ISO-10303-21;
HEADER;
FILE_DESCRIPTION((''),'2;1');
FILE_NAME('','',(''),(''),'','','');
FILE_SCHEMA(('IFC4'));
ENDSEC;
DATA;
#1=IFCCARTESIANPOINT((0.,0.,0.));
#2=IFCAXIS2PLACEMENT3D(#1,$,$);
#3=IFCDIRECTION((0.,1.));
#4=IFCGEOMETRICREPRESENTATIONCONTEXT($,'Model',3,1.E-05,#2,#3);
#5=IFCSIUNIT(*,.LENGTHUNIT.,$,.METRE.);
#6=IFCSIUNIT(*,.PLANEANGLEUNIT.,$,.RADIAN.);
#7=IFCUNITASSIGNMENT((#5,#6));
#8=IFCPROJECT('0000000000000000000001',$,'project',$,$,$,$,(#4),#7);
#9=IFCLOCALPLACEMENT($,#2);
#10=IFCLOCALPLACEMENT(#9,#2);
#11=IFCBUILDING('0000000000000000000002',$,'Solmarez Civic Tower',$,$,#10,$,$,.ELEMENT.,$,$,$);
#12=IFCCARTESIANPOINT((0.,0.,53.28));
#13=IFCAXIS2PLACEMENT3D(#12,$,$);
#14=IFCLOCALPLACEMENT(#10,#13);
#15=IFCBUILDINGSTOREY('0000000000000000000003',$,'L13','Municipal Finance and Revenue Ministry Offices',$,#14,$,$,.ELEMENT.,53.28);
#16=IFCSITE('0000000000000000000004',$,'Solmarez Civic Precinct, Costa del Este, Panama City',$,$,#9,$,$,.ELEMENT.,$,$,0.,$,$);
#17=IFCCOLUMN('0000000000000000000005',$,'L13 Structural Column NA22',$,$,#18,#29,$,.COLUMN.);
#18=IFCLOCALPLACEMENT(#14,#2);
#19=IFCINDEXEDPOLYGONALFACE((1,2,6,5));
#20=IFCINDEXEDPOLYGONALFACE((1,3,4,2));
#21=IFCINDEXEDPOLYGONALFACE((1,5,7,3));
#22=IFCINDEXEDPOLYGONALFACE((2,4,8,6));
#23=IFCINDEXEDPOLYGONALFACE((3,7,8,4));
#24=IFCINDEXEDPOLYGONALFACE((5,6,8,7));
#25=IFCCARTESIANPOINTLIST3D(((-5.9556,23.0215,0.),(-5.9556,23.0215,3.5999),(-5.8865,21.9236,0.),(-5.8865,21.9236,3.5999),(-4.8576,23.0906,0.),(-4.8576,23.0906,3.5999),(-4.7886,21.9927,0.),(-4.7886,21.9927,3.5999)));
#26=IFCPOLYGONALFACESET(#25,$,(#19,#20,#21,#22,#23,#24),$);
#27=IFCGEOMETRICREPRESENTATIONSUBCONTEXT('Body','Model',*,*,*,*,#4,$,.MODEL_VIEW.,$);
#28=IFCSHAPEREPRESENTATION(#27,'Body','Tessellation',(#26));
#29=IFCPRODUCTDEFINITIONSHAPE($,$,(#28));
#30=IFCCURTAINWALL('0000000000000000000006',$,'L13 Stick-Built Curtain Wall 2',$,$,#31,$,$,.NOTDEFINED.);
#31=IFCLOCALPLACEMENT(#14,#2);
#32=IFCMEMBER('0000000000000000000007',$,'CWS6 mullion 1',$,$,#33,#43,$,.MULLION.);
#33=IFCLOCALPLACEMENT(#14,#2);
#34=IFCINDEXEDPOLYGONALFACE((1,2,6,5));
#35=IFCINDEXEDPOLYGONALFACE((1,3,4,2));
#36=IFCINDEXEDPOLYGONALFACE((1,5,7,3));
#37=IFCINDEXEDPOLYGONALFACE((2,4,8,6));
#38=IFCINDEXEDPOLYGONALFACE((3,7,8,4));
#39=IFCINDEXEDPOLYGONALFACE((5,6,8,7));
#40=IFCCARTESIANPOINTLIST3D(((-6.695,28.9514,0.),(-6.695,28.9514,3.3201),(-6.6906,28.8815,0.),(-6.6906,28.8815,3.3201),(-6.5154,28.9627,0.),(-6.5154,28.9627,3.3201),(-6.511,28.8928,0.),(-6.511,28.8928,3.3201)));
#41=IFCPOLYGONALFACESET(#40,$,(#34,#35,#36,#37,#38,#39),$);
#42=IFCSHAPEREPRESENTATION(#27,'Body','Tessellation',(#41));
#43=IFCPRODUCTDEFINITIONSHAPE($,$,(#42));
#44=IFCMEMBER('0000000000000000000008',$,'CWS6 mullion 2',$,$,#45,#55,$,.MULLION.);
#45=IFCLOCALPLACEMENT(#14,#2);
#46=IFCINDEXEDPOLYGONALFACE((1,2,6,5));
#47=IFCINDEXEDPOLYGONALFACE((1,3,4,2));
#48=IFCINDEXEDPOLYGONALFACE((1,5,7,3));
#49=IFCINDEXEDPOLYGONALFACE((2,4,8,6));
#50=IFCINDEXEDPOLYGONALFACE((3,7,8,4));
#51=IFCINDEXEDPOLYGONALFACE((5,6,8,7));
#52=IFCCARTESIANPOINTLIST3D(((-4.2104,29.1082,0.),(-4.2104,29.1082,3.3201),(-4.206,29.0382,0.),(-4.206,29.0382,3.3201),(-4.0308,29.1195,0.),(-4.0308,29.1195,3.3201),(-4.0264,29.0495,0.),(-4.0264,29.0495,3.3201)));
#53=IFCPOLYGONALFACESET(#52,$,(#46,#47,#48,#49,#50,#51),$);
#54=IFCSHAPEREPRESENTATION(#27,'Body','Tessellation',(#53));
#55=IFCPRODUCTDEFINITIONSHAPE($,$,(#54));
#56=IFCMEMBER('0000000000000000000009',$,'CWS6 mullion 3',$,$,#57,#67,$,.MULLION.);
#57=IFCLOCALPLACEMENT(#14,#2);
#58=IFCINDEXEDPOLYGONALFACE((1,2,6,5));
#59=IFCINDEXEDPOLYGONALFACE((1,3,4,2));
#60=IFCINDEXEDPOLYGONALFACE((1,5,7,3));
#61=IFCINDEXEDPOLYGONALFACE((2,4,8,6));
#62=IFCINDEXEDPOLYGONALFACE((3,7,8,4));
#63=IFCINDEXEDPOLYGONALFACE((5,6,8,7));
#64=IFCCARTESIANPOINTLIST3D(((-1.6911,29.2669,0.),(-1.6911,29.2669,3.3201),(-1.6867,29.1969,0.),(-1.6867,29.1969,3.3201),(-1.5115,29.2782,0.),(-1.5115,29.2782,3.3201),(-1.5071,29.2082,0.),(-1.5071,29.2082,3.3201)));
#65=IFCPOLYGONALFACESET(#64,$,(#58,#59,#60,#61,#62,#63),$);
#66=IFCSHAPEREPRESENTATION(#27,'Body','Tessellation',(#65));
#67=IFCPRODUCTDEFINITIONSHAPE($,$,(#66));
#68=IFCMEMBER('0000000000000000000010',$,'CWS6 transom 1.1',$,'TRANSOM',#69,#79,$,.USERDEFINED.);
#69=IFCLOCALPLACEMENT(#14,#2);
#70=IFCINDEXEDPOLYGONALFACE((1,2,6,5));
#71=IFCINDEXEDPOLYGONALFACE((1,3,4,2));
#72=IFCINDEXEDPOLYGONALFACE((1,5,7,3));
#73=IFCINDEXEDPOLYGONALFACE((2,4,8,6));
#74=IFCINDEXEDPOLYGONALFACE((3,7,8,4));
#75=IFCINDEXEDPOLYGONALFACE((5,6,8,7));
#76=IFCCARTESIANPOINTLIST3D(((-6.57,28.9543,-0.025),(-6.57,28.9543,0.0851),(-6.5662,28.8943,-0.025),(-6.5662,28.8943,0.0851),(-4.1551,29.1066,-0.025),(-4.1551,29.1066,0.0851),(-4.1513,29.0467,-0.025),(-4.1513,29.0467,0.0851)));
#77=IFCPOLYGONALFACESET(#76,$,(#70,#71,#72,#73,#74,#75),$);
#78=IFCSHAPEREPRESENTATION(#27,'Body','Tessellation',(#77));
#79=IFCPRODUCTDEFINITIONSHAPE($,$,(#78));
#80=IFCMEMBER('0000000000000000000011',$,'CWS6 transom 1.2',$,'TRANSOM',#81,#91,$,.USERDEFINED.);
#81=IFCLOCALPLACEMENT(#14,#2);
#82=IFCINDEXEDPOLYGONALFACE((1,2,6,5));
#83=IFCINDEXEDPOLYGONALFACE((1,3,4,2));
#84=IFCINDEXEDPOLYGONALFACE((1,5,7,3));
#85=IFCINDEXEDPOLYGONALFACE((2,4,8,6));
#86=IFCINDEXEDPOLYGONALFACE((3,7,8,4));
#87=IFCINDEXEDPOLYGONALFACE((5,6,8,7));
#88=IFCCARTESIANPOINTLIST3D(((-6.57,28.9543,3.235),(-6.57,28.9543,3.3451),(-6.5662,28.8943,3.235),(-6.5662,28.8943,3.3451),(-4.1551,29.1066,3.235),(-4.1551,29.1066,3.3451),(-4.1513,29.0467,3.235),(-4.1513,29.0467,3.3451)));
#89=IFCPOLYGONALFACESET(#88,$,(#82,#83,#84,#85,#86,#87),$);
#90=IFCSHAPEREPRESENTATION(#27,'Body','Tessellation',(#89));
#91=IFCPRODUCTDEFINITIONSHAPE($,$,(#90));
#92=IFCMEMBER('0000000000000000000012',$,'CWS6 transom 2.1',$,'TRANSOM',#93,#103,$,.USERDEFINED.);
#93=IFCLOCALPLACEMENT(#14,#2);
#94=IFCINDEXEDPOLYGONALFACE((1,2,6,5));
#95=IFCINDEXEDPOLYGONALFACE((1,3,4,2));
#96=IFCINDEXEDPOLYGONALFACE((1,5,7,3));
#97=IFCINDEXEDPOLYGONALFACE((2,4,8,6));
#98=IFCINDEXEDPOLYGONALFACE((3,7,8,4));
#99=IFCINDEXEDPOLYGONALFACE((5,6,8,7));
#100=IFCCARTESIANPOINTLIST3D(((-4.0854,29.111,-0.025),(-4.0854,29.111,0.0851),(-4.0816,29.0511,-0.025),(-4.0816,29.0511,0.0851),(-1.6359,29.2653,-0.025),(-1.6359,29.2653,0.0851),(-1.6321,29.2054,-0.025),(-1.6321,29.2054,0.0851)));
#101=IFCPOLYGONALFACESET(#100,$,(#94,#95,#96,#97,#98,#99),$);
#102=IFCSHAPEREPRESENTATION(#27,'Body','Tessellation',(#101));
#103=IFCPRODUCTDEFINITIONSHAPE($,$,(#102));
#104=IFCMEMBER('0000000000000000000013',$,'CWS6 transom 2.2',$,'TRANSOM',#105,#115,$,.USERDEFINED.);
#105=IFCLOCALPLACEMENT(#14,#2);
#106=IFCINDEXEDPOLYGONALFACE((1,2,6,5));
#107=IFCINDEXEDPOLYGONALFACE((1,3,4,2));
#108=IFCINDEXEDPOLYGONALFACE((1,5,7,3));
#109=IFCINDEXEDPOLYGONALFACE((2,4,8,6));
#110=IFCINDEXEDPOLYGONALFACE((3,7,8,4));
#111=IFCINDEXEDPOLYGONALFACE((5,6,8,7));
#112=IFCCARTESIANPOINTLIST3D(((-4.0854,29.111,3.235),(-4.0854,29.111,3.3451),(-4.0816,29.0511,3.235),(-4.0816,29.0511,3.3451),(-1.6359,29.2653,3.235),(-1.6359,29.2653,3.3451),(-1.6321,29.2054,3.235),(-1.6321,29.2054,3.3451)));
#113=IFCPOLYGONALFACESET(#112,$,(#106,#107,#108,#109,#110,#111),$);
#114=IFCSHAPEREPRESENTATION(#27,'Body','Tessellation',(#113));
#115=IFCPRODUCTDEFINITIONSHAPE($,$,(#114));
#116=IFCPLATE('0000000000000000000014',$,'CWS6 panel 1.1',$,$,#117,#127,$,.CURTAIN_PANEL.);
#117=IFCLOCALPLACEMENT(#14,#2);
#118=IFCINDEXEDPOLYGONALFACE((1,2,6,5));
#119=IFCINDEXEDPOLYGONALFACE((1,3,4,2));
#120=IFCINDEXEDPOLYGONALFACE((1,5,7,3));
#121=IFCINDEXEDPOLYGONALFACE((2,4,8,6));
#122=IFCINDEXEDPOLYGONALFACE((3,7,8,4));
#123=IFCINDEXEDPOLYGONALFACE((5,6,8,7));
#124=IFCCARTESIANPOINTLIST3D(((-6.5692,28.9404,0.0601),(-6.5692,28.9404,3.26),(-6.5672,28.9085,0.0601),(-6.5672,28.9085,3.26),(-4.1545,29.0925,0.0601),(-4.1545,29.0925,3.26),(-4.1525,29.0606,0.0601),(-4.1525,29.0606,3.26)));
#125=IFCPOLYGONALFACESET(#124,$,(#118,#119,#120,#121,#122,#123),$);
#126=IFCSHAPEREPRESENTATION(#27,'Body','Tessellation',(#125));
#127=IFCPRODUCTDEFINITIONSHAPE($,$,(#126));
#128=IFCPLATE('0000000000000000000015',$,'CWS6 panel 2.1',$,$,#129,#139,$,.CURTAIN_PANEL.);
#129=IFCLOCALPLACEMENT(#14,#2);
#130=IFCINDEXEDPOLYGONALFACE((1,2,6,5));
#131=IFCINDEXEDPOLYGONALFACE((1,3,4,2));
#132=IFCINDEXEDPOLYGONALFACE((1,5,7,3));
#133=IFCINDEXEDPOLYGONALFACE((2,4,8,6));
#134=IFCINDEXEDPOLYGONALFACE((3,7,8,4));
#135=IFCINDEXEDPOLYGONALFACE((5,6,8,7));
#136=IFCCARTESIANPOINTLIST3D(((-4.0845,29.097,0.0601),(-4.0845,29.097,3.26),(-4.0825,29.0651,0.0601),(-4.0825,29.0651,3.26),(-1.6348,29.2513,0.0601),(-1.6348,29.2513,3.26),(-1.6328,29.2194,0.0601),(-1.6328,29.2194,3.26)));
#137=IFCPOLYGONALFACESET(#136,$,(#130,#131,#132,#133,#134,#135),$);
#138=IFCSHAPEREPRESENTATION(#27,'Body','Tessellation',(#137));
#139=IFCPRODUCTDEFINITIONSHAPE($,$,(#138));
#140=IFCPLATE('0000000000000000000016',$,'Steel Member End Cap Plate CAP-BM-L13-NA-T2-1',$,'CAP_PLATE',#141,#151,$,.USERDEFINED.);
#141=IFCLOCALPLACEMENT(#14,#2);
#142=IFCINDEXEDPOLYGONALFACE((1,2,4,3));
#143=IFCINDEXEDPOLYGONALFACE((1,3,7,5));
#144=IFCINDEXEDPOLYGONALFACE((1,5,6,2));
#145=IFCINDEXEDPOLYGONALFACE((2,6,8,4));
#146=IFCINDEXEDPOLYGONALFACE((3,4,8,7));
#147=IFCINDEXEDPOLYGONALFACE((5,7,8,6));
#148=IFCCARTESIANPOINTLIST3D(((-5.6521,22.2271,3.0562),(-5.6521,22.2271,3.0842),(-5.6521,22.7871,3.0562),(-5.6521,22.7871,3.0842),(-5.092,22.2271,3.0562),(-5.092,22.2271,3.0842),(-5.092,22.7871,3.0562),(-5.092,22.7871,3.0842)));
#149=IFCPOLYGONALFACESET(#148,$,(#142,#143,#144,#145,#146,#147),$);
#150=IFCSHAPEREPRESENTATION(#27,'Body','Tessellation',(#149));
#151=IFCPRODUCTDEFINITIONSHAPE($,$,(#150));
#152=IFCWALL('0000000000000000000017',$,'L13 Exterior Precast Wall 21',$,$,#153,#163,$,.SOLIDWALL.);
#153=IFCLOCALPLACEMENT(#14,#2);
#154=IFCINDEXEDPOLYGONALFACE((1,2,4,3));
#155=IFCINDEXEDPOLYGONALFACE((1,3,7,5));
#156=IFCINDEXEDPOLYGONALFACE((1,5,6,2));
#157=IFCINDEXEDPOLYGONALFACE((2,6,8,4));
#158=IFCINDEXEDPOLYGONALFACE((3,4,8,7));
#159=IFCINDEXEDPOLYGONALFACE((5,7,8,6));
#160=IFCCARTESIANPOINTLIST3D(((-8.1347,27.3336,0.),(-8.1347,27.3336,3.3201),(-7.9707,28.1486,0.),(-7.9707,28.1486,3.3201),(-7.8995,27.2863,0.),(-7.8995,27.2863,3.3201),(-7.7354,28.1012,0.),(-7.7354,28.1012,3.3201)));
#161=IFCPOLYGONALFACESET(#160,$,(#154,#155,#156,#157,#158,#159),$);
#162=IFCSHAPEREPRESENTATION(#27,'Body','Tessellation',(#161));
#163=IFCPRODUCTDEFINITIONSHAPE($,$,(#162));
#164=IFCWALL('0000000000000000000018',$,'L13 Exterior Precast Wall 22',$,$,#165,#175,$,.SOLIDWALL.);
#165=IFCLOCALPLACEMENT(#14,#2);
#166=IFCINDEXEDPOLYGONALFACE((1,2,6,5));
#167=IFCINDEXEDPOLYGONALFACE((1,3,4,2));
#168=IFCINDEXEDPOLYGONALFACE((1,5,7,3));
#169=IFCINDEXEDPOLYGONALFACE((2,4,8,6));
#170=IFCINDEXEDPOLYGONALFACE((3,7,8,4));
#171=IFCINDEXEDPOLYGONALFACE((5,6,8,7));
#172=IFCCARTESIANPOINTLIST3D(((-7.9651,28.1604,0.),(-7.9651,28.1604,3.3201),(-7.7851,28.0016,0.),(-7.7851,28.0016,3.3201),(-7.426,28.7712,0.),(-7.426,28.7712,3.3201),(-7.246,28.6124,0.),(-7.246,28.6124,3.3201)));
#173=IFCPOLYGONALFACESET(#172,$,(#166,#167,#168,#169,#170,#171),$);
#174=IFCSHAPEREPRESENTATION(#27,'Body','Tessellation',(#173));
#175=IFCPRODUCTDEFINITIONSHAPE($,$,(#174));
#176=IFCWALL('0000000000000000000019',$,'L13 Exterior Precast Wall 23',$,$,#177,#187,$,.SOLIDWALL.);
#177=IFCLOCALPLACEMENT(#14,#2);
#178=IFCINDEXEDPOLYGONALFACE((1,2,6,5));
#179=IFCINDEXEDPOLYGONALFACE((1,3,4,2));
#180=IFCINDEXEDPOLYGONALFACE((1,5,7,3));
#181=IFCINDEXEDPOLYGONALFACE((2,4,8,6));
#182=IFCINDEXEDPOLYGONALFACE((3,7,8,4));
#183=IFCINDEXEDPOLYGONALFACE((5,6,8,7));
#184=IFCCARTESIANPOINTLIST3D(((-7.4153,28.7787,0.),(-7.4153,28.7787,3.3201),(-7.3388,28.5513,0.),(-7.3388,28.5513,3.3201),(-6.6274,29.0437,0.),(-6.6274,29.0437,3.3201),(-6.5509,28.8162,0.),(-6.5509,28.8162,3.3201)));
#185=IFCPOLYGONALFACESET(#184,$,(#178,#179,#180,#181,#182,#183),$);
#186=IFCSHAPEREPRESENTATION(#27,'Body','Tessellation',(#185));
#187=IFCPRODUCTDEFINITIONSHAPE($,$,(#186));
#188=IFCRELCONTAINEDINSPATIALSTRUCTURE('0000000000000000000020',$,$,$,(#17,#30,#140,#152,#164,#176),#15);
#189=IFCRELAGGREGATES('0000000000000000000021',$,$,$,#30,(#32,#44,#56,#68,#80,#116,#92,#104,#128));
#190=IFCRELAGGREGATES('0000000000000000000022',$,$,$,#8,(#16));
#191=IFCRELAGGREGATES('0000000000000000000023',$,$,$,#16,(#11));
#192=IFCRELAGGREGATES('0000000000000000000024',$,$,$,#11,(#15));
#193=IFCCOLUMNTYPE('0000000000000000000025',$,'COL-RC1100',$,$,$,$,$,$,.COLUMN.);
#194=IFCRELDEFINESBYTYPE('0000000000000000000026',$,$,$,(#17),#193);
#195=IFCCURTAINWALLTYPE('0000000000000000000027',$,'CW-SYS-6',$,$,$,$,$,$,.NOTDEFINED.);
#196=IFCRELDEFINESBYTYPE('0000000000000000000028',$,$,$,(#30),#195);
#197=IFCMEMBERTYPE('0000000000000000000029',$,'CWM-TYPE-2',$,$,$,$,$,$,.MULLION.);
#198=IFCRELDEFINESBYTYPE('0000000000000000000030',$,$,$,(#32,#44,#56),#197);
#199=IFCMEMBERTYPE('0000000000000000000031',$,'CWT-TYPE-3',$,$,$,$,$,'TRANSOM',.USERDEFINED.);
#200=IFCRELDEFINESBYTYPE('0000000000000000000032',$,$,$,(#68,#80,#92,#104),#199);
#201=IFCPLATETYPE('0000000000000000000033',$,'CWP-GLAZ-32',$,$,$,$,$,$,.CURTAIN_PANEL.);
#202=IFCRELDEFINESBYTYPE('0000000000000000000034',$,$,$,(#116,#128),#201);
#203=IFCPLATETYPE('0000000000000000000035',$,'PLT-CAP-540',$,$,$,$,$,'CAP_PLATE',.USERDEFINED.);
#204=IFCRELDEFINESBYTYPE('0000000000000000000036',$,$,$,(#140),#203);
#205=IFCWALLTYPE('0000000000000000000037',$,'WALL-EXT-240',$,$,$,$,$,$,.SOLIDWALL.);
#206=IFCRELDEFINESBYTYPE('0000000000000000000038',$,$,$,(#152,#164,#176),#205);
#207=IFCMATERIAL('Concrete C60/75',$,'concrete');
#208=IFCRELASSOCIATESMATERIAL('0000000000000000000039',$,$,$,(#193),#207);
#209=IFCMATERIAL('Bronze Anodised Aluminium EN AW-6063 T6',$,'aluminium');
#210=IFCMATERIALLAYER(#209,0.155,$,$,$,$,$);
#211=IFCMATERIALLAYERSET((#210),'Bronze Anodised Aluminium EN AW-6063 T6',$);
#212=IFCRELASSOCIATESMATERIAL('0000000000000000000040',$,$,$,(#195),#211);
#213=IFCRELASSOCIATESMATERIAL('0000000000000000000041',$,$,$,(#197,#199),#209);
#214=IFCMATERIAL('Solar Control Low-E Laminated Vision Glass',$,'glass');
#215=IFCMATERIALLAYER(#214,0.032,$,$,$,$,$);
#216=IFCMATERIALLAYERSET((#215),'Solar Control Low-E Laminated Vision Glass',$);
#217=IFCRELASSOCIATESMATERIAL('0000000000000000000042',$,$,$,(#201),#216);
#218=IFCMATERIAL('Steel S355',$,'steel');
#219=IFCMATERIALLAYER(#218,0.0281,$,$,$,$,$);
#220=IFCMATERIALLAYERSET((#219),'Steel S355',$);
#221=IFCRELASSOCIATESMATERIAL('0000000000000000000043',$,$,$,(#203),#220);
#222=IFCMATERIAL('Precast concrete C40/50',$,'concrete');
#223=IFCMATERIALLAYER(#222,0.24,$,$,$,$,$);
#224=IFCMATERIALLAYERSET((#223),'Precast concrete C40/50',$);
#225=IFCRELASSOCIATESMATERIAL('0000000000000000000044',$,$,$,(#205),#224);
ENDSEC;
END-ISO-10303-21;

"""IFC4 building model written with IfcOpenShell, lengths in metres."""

from ifc_helpers import new_model, si_unit, direction, frame, frame_2d, origin, origin_2d, place, context, subcontext, project, spatial, rectangle, extrude, material, layer, layer_set, material_profile, profile_set, type_object, element, aggregate, save


model = new_model("IFC4")

# Units and contexts
model_context = context("Model", 3, precision=1e-05, world=origin(), true_north=direction((0.0, 1.0)))
body_context = subcontext(model_context, "Body", "Model", "MODEL_VIEW")
ifc_project = project(units=[si_unit("LENGTHUNIT", "METRE"), si_unit("PLANEANGLEUNIT", "RADIAN")], contexts=[model_context])

# Site, building, storey
site_placement = place(None, origin())
site = spatial("IfcSite", under=ifc_project, at=site_placement, Name="Solmarez Civic Precinct, Costa del Este, Panama City", CompositionType="ELEMENT", RefElevation=0.0)
building_placement = place(site_placement, origin())
building = spatial("IfcBuilding", under=site, at=building_placement, Name="Solmarez Civic Tower", CompositionType="ELEMENT")
storey_placement = place(building_placement, frame((0.0, 0.0, 53.28)))
storey = spatial("IfcBuildingStorey", under=building, at=storey_placement, Name="L13", Description="Municipal Finance and Revenue Ministry Offices", CompositionType="ELEMENT", Elevation=53.28)

# Column
ifc_material_1 = material(Name="Concrete C60/75", Category="concrete")
ifc_material_profile_1 = material_profile(ifc_material_1, rectangle(XDim=1.1001, YDim=1.1001, at=origin_2d()), Name="RC1100X1100")
ifc_profile_set_1 = profile_set([ifc_material_profile_1], Name="Concrete C60/75")
column_type = type_object("IfcColumnType", Name="COL-RC1100", PredefinedType="COLUMN", material=ifc_profile_set_1)
column_placement = place(storey_placement, frame((-5.3721, 22.5071, 0.0), z_axis=(0.0, 0.0, 1.0), x_axis=(0.998027, 0.062791, 0.0)))
element("IfcColumn", 1, at=column_placement, inside=storey, type_object=column_type, Name="L13 Structural Column NA22", PredefinedType="COLUMN", context=body_context, shape_type="SweptSolid", body=[
    extrude(rectangle(XDim=1.1001, YDim=1.1001, at=origin_2d()), origin(), (0.0, 0.0, 1.0), 3.5999),
])

# Curtain wall, members, plates
ifc_material_2 = material(Name="Bronze Anodised Aluminium EN AW-6063 T6", Category="aluminium")
ifc_layer_1 = layer(ifc_material_2, 0.155)
ifc_layer_set_1 = layer_set([ifc_layer_1], Name="Bronze Anodised Aluminium EN AW-6063 T6")
curtain_wall_type = type_object("IfcCurtainWallType", Name="CW-SYS-6", PredefinedType="NOTDEFINED", material=ifc_layer_set_1)
curtain_wall_placement = place(storey_placement, origin())
curtain_wall = element("IfcCurtainWall", 2, at=curtain_wall_placement, inside=storey, type_object=curtain_wall_type, Name="L13 Stick-Built Curtain Wall 2", PredefinedType="NOTDEFINED")
ifc_material_profile_2 = material_profile(ifc_material_2, rectangle(XDim=0.0701, YDim=0.1799, at=origin_2d()), Name="CWM-70X180")
ifc_profile_set_2 = profile_set([ifc_material_profile_2], Name="Bronze Anodised Aluminium EN AW-6063 T6")
member_type_1 = type_object("IfcMemberType", Name="CWM-TYPE-2", PredefinedType="MULLION", material=ifc_profile_set_2)
member_1_placement = place(storey_placement, frame((-6.603, 28.9221, 0.0), z_axis=(0.0, 0.0, 1.0), x_axis=(-0.062884, 0.998021, 0.0)))
member_1 = element("IfcMember", 3, at=member_1_placement, type_object=member_type_1, Name="CWS6 mullion 1", PredefinedType="MULLION", context=body_context, shape_type="SweptSolid", body=[
    extrude(rectangle(XDim=0.0701, YDim=0.1799, at=origin_2d()), origin(), (0.0, 0.0, 1.0), 3.3201),
])
member_2_placement = place(storey_placement, frame((-4.1184, 29.0789, 0.0), z_axis=(0.0, 0.0, 1.0), x_axis=(-0.062884, 0.998021, 0.0)))
member_2 = element("IfcMember", 4, at=member_2_placement, type_object=member_type_1, Name="CWS6 mullion 2", PredefinedType="MULLION", context=body_context, shape_type="SweptSolid", body=[
    extrude(rectangle(XDim=0.0701, YDim=0.1799, at=origin_2d()), origin(), (0.0, 0.0, 1.0), 3.3201),
])
member_3_placement = place(storey_placement, frame((-1.5991, 29.2375, 0.0), z_axis=(0.0, 0.0, 1.0), x_axis=(-0.062884, 0.998021, 0.0)))
member_3 = element("IfcMember", 5, at=member_3_placement, type_object=member_type_1, Name="CWS6 mullion 3", PredefinedType="MULLION", context=body_context, shape_type="SweptSolid", body=[
    extrude(rectangle(XDim=0.0701, YDim=0.1799, at=origin_2d()), origin(), (0.0, 0.0, 1.0), 3.3201),
])
ifc_material_profile_3 = material_profile(ifc_material_2, rectangle(XDim=0.0601, YDim=0.1101, at=origin_2d()), Name="CWT-60X110")
ifc_profile_set_3 = profile_set([ifc_material_profile_3], Name="Bronze Anodised Aluminium EN AW-6063 T6")
member_type_2 = type_object("IfcMemberType", Name="CWT-TYPE-3", ElementType="TRANSOM", PredefinedType="USERDEFINED", material=ifc_profile_set_3)
member_4_placement = place(storey_placement, frame((-6.5681, 28.9243, 0.03), z_axis=(0.998016, 0.062962, 0.0), x_axis=(-0.062962, 0.998016, 0.0)))
member_4 = element("IfcMember", 6, at=member_4_placement, type_object=member_type_2, Name="CWS6 transom 1.1", ObjectType="TRANSOM", PredefinedType="USERDEFINED", context=body_context, shape_type="SweptSolid", body=[
    extrude(rectangle(XDim=0.0601, YDim=0.1101, at=origin_2d()), origin(), (0.0, 0.0, 1.0), 2.4197),
])
member_5_placement = place(storey_placement, frame((-6.5681, 28.9243, 3.29), z_axis=(0.998016, 0.062962, 0.0), x_axis=(-0.062962, 0.998016, 0.0)))
member_5 = element("IfcMember", 7, at=member_5_placement, type_object=member_type_2, Name="CWS6 transom 1.2", ObjectType="TRANSOM", PredefinedType="USERDEFINED", context=body_context, shape_type="SweptSolid", body=[
    extrude(rectangle(XDim=0.0601, YDim=0.1101, at=origin_2d()), origin(), (0.0, 0.0, 1.0), 2.4197),
])
member_6_placement = place(storey_placement, frame((-4.0835, 29.0811, 0.03), z_axis=(0.998022, 0.062868, 0.0), x_axis=(-0.062868, 0.998022, 0.0)))
member_6 = element("IfcMember", 8, at=member_6_placement, type_object=member_type_2, Name="CWS6 transom 2.1", ObjectType="TRANSOM", PredefinedType="USERDEFINED", context=body_context, shape_type="SweptSolid", body=[
    extrude(rectangle(XDim=0.0601, YDim=0.1101, at=origin_2d()), origin(), (0.0, 0.0, 1.0), 2.4543),
])
member_7_placement = place(storey_placement, frame((-4.0835, 29.0811, 3.29), z_axis=(0.998022, 0.062868, 0.0), x_axis=(-0.062868, 0.998022, 0.0)))
member_7 = element("IfcMember", 9, at=member_7_placement, type_object=member_type_2, Name="CWS6 transom 2.2", ObjectType="TRANSOM", PredefinedType="USERDEFINED", context=body_context, shape_type="SweptSolid", body=[
    extrude(rectangle(XDim=0.0601, YDim=0.1101, at=origin_2d()), origin(), (0.0, 0.0, 1.0), 2.4543),
])
ifc_material_3 = material(Name="Solar Control Low-E Laminated Vision Glass", Category="glass")
ifc_layer_2 = layer(ifc_material_3, 0.032)
ifc_layer_set_2 = layer_set([ifc_layer_2], Name="Solar Control Low-E Laminated Vision Glass")
plate_type_1 = type_object("IfcPlateType", Name="CWP-GLAZ-32", PredefinedType="CURTAIN_PANEL", material=ifc_layer_set_2)
plate_1_placement = place(storey_placement, frame((-5.3608, 29.0005, 0.0601), z_axis=(0.0, 0.0, 1.0), x_axis=(0.998021, 0.062884, 0.0)))
plate_1 = element("IfcPlate", 10, at=plate_1_placement, type_object=plate_type_1, Name="CWS6 panel 1.1", PredefinedType="CURTAIN_PANEL", context=body_context, shape_type="SweptSolid", body=[
    extrude(rectangle(XDim=2.4194, YDim=0.032, at=origin_2d()), origin(), (0.0, 0.0, 1.0), 3.2),
])
plate_2_placement = place(storey_placement, frame((-2.8586, 29.1582, 0.0601), z_axis=(0.0, 0.0, 1.0), x_axis=(0.998021, 0.062884, 0.0)))
plate_2 = element("IfcPlate", 11, at=plate_2_placement, type_object=plate_type_1, Name="CWS6 panel 2.1", PredefinedType="CURTAIN_PANEL", context=body_context, shape_type="SweptSolid", body=[
    extrude(rectangle(XDim=2.4546, YDim=0.032, at=origin_2d()), origin(), (0.0, 0.0, 1.0), 3.2),
])
aggregate(curtain_wall, [member_1, member_2, member_3, member_4, member_5, plate_1, member_6, member_7, plate_2])

# Plate
ifc_material_4 = material(Name="Steel S355", Category="steel")
ifc_layer_3 = layer(ifc_material_4, 0.0281)
ifc_layer_set_3 = layer_set([ifc_layer_3], Name="Steel S355")
plate_type_2 = type_object("IfcPlateType", Name="PLT-CAP-540", ElementType="CAP_PLATE", PredefinedType="USERDEFINED", material=ifc_layer_set_3)
plate_3_placement = place(storey_placement, frame((-5.3721, 22.5071, 3.0562), z_axis=(0.0, 0.0, 1.0), x_axis=(1.0, 0.0, 0.0)))
element("IfcPlate", 12, at=plate_3_placement, inside=storey, type_object=plate_type_2, Name="Steel Member End Cap Plate CAP-BM-L13-NA-T2-1", ObjectType="CAP_PLATE", PredefinedType="USERDEFINED", context=body_context, shape_type="SweptSolid", body=[
    extrude(rectangle(XDim=0.5601, YDim=0.5601, at=origin_2d()), origin(), (0.0, 0.0, 1.0), 0.0281),
])

# Walls
ifc_material_5 = material(Name="Precast concrete C40/50", Category="concrete")
ifc_layer_4 = layer(ifc_material_5, 0.24)
ifc_layer_set_4 = layer_set([ifc_layer_4], Name="Precast concrete C40/50")
wall_type_1 = type_object("IfcWallType", Name="WALL-EXT-240", PredefinedType="SOLIDWALL", material=ifc_layer_set_4)
wall_1_placement = place(storey_placement, frame((-8.0171, 27.3101, 0.0), z_axis=(0.0, 0.0, 1.0), x_axis=(0.197359, 0.980331, 0.0)))
element("IfcWall", 13, at=wall_1_placement, inside=storey, type_object=wall_type_1, Name="L13 Exterior Precast Wall 21", PredefinedType="SOLIDWALL", context=body_context, shape_type="SweptSolid", body=[
    extrude(rectangle(XDim=0.8313, YDim=0.24, at=frame_2d((0.4155, 0.0))), origin(), (0.0, 0.0, 1.0), 3.3201),
])
wall_2_placement = place(storey_placement, frame((-7.875, 28.0811, 0.0), z_axis=(0.0, 0.0, 1.0), x_axis=(0.661681, 0.749785, 0.0)))
element("IfcWall", 14, at=wall_2_placement, inside=storey, type_object=wall_type_1, Name="L13 Exterior Precast Wall 22", PredefinedType="SOLIDWALL", context=body_context, shape_type="SweptSolid", body=[
    extrude(rectangle(XDim=0.8147, YDim=0.24, at=frame_2d((0.4072, 0.0))), origin(), (0.0, 0.0, 1.0), 3.3201),
])
wall_3_placement = place(storey_placement, frame((-7.377, 28.665, 0.0), z_axis=(0.0, 0.0, 1.0), x_axis=(0.947858, 0.318694, 0.0)))
element("IfcWall", 15, at=wall_3_placement, inside=storey, type_object=wall_type_1, Name="L13 Exterior Precast Wall 23", PredefinedType="SOLIDWALL", context=body_context, shape_type="SweptSolid", body=[
    extrude(rectangle(XDim=0.8313, YDim=0.24, at=frame_2d((0.4155, 0.0))), origin(), (0.0, 0.0, 1.0), 3.3201),
])

save(model, "model.ifc")
